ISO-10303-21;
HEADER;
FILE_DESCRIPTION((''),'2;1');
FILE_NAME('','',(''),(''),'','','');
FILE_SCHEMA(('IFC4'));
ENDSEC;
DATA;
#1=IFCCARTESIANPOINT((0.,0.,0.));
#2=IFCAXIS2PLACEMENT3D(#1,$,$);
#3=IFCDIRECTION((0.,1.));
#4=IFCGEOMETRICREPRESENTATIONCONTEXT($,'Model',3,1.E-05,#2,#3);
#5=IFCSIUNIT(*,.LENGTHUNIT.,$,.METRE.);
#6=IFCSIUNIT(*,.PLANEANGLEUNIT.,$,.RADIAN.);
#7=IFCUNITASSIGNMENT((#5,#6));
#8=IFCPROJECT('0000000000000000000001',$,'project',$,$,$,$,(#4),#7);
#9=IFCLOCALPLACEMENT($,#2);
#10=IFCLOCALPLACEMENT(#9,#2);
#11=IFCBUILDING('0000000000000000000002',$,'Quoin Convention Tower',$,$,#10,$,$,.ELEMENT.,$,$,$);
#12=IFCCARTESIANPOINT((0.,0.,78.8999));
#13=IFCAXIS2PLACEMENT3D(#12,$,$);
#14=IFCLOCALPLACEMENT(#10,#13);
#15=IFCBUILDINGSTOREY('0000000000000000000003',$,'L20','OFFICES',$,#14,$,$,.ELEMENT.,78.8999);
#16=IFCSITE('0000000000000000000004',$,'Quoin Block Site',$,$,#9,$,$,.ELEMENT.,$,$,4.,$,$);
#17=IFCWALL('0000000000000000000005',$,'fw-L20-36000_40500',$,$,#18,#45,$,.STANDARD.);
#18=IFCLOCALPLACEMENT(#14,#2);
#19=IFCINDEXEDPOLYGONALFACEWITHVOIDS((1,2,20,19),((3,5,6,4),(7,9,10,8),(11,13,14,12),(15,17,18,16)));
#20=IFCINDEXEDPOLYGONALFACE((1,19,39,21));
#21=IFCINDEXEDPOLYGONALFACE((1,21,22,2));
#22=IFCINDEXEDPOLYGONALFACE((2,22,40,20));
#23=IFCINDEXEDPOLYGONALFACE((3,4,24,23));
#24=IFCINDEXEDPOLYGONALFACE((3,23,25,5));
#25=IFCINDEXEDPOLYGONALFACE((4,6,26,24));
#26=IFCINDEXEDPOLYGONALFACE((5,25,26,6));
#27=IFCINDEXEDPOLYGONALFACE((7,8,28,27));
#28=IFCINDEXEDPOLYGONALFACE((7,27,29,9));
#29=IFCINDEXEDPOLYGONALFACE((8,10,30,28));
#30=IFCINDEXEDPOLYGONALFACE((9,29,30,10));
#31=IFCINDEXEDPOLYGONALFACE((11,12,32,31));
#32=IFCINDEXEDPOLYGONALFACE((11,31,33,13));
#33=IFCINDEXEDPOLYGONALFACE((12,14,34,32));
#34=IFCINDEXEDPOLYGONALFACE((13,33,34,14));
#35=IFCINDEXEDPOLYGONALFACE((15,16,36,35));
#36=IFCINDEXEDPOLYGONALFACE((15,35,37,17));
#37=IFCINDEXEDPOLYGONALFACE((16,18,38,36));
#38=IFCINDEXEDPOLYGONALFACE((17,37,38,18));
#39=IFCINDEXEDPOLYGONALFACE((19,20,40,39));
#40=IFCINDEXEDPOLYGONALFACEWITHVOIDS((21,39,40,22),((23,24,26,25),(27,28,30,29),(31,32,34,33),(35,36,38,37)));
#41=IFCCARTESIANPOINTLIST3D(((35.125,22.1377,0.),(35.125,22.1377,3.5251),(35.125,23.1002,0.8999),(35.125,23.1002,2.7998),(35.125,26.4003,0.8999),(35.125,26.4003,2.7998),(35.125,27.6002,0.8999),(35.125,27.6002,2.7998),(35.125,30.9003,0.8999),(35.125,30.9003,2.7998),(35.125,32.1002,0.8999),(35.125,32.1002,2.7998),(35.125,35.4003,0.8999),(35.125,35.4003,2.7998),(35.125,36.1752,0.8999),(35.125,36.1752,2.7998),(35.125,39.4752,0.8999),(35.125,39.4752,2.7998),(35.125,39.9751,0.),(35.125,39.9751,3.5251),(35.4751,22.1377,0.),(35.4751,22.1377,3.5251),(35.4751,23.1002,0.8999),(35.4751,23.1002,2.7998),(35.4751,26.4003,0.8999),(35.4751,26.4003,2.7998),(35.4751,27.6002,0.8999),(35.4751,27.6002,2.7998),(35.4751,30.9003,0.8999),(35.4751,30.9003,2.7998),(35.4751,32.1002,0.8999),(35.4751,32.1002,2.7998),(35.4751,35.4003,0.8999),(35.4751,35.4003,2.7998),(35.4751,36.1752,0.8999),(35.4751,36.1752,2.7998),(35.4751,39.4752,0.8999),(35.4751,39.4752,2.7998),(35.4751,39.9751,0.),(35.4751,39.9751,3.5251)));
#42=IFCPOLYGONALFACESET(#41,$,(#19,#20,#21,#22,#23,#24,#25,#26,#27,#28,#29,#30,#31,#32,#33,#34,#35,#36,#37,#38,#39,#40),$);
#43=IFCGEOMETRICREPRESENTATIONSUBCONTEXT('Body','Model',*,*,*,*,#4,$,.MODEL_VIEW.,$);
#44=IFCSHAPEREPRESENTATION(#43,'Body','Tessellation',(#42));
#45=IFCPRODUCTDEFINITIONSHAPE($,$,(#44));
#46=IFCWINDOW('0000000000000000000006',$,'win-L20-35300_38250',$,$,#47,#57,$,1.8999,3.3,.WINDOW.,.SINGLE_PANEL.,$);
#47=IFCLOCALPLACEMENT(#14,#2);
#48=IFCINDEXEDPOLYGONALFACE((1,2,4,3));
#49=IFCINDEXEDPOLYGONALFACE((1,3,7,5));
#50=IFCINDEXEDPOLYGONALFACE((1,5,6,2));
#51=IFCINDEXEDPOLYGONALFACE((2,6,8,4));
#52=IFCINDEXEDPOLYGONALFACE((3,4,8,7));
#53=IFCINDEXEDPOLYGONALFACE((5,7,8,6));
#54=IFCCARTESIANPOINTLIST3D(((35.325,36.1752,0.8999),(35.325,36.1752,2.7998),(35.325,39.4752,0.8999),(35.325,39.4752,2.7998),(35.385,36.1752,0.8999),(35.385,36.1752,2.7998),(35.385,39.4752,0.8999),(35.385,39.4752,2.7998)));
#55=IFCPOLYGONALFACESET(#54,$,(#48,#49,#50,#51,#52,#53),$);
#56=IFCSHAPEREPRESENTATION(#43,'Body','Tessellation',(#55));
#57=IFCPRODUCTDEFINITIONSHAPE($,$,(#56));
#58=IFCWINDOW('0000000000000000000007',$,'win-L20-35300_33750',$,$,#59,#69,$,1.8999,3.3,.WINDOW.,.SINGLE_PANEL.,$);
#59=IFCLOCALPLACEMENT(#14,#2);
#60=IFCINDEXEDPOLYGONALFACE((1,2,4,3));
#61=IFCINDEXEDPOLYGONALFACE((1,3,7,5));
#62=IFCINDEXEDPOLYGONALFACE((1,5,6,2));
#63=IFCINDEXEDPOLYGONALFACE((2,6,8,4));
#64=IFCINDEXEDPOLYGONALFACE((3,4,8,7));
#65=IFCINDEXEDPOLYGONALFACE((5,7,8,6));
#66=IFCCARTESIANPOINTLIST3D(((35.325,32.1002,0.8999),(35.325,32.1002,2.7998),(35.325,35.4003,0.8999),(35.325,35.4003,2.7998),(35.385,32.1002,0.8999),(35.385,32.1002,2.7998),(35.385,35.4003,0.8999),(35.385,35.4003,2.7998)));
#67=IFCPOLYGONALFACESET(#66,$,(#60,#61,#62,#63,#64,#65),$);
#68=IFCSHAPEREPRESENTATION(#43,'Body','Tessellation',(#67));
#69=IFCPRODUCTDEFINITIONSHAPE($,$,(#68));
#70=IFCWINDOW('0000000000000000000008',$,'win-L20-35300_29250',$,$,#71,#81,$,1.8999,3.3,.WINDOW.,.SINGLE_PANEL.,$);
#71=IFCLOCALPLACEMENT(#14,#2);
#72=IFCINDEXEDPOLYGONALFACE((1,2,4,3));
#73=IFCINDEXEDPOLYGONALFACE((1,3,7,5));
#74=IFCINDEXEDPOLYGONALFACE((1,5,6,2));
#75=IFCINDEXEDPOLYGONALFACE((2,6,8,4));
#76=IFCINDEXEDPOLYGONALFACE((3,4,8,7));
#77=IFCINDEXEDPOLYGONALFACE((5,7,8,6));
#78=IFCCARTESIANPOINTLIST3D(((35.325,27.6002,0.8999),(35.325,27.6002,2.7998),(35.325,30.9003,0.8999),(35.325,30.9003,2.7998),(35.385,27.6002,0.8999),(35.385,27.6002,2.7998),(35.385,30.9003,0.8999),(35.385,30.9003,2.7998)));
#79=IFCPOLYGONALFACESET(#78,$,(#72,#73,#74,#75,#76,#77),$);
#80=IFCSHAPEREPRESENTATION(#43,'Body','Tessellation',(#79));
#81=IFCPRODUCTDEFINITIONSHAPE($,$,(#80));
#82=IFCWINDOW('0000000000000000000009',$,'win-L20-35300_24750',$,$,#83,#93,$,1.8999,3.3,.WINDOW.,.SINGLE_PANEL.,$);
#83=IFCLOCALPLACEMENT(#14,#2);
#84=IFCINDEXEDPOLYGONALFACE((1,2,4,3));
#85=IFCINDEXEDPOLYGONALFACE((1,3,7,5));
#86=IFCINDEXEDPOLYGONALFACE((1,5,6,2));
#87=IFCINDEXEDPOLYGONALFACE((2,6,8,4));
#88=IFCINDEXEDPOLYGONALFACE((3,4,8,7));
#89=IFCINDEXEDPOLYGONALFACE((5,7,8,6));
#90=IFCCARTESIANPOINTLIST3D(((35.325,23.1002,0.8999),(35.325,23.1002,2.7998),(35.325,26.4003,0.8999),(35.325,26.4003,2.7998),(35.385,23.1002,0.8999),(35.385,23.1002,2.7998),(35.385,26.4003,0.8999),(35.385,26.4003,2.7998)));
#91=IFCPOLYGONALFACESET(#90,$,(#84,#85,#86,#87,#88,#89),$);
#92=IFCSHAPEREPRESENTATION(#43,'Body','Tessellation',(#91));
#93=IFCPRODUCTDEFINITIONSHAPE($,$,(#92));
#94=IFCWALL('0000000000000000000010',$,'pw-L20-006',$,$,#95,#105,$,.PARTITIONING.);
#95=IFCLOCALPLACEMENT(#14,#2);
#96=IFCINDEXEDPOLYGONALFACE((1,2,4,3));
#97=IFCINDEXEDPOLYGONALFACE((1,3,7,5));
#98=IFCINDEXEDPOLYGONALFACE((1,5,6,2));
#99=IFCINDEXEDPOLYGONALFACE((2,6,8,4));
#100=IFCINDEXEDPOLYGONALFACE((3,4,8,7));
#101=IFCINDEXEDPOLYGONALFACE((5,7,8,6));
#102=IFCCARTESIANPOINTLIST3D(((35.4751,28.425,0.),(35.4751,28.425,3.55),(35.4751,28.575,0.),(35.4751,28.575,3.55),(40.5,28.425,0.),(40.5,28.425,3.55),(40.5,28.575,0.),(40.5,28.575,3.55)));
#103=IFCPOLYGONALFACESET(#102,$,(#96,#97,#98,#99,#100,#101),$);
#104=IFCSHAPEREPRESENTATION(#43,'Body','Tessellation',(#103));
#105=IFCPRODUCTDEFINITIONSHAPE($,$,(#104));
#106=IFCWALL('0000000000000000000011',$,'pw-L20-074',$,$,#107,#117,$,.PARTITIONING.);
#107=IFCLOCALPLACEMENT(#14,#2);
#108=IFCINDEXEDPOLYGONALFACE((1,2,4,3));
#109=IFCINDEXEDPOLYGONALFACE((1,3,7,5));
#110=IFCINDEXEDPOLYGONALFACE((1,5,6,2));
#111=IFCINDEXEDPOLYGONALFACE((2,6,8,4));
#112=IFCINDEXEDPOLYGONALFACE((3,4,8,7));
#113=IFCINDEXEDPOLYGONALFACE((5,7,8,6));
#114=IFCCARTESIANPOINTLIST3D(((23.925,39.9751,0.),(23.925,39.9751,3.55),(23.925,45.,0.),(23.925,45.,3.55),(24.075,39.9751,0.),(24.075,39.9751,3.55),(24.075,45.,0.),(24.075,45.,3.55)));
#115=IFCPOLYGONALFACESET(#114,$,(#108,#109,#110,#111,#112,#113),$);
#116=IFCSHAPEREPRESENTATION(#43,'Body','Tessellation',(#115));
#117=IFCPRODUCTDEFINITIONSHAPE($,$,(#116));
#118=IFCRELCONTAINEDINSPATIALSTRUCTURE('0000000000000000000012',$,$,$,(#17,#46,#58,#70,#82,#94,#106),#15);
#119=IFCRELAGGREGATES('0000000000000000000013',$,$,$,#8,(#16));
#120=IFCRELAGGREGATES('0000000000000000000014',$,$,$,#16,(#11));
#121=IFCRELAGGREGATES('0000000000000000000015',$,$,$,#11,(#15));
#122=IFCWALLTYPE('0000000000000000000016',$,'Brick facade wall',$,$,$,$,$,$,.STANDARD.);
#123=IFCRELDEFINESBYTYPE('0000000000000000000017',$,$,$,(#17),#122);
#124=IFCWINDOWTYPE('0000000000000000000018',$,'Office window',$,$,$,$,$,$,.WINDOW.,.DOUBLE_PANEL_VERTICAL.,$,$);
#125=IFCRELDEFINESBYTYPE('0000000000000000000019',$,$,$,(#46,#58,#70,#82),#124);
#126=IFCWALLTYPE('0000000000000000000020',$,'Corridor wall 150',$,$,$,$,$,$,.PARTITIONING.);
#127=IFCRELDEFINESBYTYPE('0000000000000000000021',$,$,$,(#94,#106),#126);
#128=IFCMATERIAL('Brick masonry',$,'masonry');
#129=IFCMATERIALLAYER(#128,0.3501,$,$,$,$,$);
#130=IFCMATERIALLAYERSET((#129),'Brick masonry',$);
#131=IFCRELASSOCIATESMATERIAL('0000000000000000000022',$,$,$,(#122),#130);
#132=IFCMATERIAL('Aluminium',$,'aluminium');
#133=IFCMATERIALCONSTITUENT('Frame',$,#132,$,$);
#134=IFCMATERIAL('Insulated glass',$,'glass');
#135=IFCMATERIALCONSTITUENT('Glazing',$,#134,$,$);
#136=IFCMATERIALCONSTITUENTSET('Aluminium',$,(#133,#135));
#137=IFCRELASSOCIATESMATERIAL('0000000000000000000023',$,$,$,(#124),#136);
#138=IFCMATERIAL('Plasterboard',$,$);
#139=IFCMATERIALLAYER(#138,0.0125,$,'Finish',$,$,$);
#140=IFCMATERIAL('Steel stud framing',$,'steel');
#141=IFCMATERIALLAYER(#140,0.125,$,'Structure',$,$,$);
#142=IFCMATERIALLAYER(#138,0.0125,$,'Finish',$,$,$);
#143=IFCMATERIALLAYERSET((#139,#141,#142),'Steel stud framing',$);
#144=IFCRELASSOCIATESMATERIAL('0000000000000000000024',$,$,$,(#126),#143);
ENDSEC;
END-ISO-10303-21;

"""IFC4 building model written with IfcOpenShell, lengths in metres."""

from ifc_helpers import new_model, si_unit, direction, frame, frame_2d, origin, place, context, subcontext, project, spatial, rectangle, extrude, material, layer, layer_set, constituent, constituent_set, type_object, element, fill, save


model = new_model("IFC4")

# Units and contexts
model_context = context("Model", 3, precision=1e-05, world=origin(), true_north=direction((0.0, 1.0)))
body_context = subcontext(model_context, "Body", "Model", "MODEL_VIEW")
ifc_project = project(units=[si_unit("LENGTHUNIT", "METRE"), si_unit("PLANEANGLEUNIT", "RADIAN")], contexts=[model_context])

# Site, building, storey
site_placement = place(None, origin())
site = spatial("IfcSite", under=ifc_project, at=site_placement, Name="Quoin Block Site", CompositionType="ELEMENT", RefElevation=4.0)
building_placement = place(site_placement, origin())
building = spatial("IfcBuilding", under=site, at=building_placement, Name="Quoin Convention Tower", CompositionType="ELEMENT")
storey_placement = place(building_placement, frame((0.0, 0.0, 78.8999)))
storey = spatial("IfcBuildingStorey", under=building, at=storey_placement, Name="L20", Description="OFFICES", CompositionType="ELEMENT", Elevation=78.8999)

# Wall, openings, windows
ifc_material_1 = material(Name="Brick masonry", Category="masonry")
ifc_layer_1 = layer(ifc_material_1, 0.3501)
ifc_layer_set_1 = layer_set([ifc_layer_1], Name="Brick masonry")
wall_type_1 = type_object("IfcWallType", Name="Brick facade wall", PredefinedType="STANDARD", material=ifc_layer_set_1)
ifc_material_2 = material(Name="Aluminium", Category="aluminium")
ifc_constituent_1 = constituent(ifc_material_2, Name="Frame")
ifc_material_3 = material(Name="Insulated glass", Category="glass")
ifc_constituent_2 = constituent(ifc_material_3, Name="Glazing")
ifc_constituent_set = constituent_set(constituents=[ifc_constituent_1, ifc_constituent_2], Name="Aluminium")
window_type = type_object("IfcWindowType", Name="Office window", PartitioningType="DOUBLE_PANEL_VERTICAL", PredefinedType="WINDOW", material=ifc_constituent_set)
wall_1_placement = place(storey_placement, frame((35.3, 39.9751, 0.0), z_axis=(0.0, 0.0, 1.0), x_axis=(0.0, -1.0, 0.0)))
wall_1 = element("IfcWall", 1, at=wall_1_placement, inside=storey, type_object=wall_type_1, Name="fw-L20-36000_40500", PredefinedType="STANDARD", context=body_context, shape_type="SweptSolid", body=[
    extrude(rectangle(XDim=17.8374, YDim=0.3501, at=frame_2d((8.9187, 0.0))), origin(), (0.0, 0.0, 1.0), 3.5251),
])
opening_1_placement = place(wall_1_placement, frame((0.5, 0.0, 0.8999)))
opening_1 = element("IfcOpeningElement", 2, at=opening_1_placement, cuts=wall_1, PredefinedType="OPENING", context=body_context, shape_type="SweptSolid", body=[
    extrude(rectangle(XDim=3.3, YDim=1.8999, at=frame_2d((1.6499, 0.95))), frame((0.0, 0.1851, 0.0), z_axis=(0.0, -1.0, 0.0), x_axis=(1.0, 0.0, 0.0)), (0.0, 0.0, 1.0), 0.3701),
])
opening_2_placement = place(wall_1_placement, frame((4.575, 0.0, 0.8999)))
opening_2 = element("IfcOpeningElement", 3, at=opening_2_placement, cuts=wall_1, PredefinedType="OPENING", context=body_context, shape_type="SweptSolid", body=[
    extrude(rectangle(XDim=3.3, YDim=1.8999, at=frame_2d((1.6499, 0.95))), frame((0.0, 0.1851, 0.0), z_axis=(0.0, -1.0, 0.0), x_axis=(1.0, 0.0, 0.0)), (0.0, 0.0, 1.0), 0.3701),
])
opening_3_placement = place(wall_1_placement, frame((9.075, 0.0, 0.8999)))
opening_3 = element("IfcOpeningElement", 4, at=opening_3_placement, cuts=wall_1, PredefinedType="OPENING", context=body_context, shape_type="SweptSolid", body=[
    extrude(rectangle(XDim=3.3, YDim=1.8999, at=frame_2d((1.6499, 0.95))), frame((0.0, 0.1851, 0.0), z_axis=(0.0, -1.0, 0.0), x_axis=(1.0, 0.0, 0.0)), (0.0, 0.0, 1.0), 0.3701),
])
opening_4_placement = place(wall_1_placement, frame((13.575, 0.0, 0.8999)))
opening_4 = element("IfcOpeningElement", 5, at=opening_4_placement, cuts=wall_1, PredefinedType="OPENING", context=body_context, shape_type="SweptSolid", body=[
    extrude(rectangle(XDim=3.3, YDim=1.8999, at=frame_2d((1.6499, 0.95))), frame((0.0, 0.1851, 0.0), z_axis=(0.0, -1.0, 0.0), x_axis=(1.0, 0.0, 0.0)), (0.0, 0.0, 1.0), 0.3701),
])
window_1_placement = place(opening_1_placement, origin())
window_1 = element("IfcWindow", 6, at=window_1_placement, inside=storey, type_object=window_type, Name="win-L20-35300_38250", OverallHeight=1.8999, OverallWidth=3.3, PartitioningType="SINGLE_PANEL", PredefinedType="WINDOW", context=body_context, shape_type="SweptSolid", body=[
    extrude(rectangle(XDim=3.3, YDim=1.8999, at=frame_2d((1.6499, 0.95))), frame((0.0, 0.085, 0.0), z_axis=(0.0, -1.0, 0.0), x_axis=(1.0, 0.0, 0.0)), (0.0, 0.0, 1.0), 0.0601),
])
fill(opening_1, window_1)
window_2_placement = place(opening_2_placement, origin())
window_2 = element("IfcWindow", 7, at=window_2_placement, inside=storey, type_object=window_type, Name="win-L20-35300_33750", OverallHeight=1.8999, OverallWidth=3.3, PartitioningType="SINGLE_PANEL", PredefinedType="WINDOW", context=body_context, shape_type="SweptSolid", body=[
    extrude(rectangle(XDim=3.3, YDim=1.8999, at=frame_2d((1.6499, 0.95))), frame((0.0, 0.085, 0.0), z_axis=(0.0, -1.0, 0.0), x_axis=(1.0, 0.0, 0.0)), (0.0, 0.0, 1.0), 0.0601),
])
fill(opening_2, window_2)
window_3_placement = place(opening_3_placement, origin())
window_3 = element("IfcWindow", 8, at=window_3_placement, inside=storey, type_object=window_type, Name="win-L20-35300_29250", OverallHeight=1.8999, OverallWidth=3.3, PartitioningType="SINGLE_PANEL", PredefinedType="WINDOW", context=body_context, shape_type="SweptSolid", body=[
    extrude(rectangle(XDim=3.3, YDim=1.8999, at=frame_2d((1.6499, 0.95))), frame((0.0, 0.085, 0.0), z_axis=(0.0, -1.0, 0.0), x_axis=(1.0, 0.0, 0.0)), (0.0, 0.0, 1.0), 0.0601),
])
fill(opening_3, window_3)
window_4_placement = place(opening_4_placement, origin())
window_4 = element("IfcWindow", 9, at=window_4_placement, inside=storey, type_object=window_type, Name="win-L20-35300_24750", OverallHeight=1.8999, OverallWidth=3.3, PartitioningType="SINGLE_PANEL", PredefinedType="WINDOW", context=body_context, shape_type="SweptSolid", body=[
    extrude(rectangle(XDim=3.3, YDim=1.8999, at=frame_2d((1.6499, 0.95))), frame((0.0, 0.085, 0.0), z_axis=(0.0, -1.0, 0.0), x_axis=(1.0, 0.0, 0.0)), (0.0, 0.0, 1.0), 0.0601),
])
fill(opening_4, window_4)

# Walls
ifc_material_4 = material(Name="Plasterboard")
ifc_layer_2 = layer(ifc_material_4, 0.0125, Name="Finish")
ifc_material_5 = material(Name="Steel stud framing", Category="steel")
ifc_layer_3 = layer(ifc_material_5, 0.125, Name="Structure")
ifc_layer_4 = layer(ifc_material_4, 0.0125, Name="Finish")
ifc_layer_set_2 = layer_set([ifc_layer_2, ifc_layer_3, ifc_layer_4], Name="Steel stud framing")
wall_type_2 = type_object("IfcWallType", Name="Corridor wall 150", PredefinedType="PARTITIONING", material=ifc_layer_set_2)
for number, where, z_axis, x_axis, name in (
    (10, (35.4751, 28.5, 0.0), (0.0, 0.0, 1.0), (1.0, 0.0, 0.0), "pw-L20-006"),
    (11, (24.0, 39.9751, 0.0), (0.0, 0.0, 1.0), (0.0, 1.0, 0.0), "pw-L20-074"),
):
    element("IfcWall", number, at=place(storey_placement, frame(where, z_axis=z_axis, x_axis=x_axis)), inside=storey, type_object=wall_type_2, Name=name, PredefinedType="PARTITIONING", context=body_context, shape_type="SweptSolid", body=[
        extrude(rectangle(XDim=5.0249, YDim=0.1499, at=frame_2d((2.5125, 0.0))), origin(), (0.0, 0.0, 1.0), 3.55),
    ])

save(model, "model.ifc")
